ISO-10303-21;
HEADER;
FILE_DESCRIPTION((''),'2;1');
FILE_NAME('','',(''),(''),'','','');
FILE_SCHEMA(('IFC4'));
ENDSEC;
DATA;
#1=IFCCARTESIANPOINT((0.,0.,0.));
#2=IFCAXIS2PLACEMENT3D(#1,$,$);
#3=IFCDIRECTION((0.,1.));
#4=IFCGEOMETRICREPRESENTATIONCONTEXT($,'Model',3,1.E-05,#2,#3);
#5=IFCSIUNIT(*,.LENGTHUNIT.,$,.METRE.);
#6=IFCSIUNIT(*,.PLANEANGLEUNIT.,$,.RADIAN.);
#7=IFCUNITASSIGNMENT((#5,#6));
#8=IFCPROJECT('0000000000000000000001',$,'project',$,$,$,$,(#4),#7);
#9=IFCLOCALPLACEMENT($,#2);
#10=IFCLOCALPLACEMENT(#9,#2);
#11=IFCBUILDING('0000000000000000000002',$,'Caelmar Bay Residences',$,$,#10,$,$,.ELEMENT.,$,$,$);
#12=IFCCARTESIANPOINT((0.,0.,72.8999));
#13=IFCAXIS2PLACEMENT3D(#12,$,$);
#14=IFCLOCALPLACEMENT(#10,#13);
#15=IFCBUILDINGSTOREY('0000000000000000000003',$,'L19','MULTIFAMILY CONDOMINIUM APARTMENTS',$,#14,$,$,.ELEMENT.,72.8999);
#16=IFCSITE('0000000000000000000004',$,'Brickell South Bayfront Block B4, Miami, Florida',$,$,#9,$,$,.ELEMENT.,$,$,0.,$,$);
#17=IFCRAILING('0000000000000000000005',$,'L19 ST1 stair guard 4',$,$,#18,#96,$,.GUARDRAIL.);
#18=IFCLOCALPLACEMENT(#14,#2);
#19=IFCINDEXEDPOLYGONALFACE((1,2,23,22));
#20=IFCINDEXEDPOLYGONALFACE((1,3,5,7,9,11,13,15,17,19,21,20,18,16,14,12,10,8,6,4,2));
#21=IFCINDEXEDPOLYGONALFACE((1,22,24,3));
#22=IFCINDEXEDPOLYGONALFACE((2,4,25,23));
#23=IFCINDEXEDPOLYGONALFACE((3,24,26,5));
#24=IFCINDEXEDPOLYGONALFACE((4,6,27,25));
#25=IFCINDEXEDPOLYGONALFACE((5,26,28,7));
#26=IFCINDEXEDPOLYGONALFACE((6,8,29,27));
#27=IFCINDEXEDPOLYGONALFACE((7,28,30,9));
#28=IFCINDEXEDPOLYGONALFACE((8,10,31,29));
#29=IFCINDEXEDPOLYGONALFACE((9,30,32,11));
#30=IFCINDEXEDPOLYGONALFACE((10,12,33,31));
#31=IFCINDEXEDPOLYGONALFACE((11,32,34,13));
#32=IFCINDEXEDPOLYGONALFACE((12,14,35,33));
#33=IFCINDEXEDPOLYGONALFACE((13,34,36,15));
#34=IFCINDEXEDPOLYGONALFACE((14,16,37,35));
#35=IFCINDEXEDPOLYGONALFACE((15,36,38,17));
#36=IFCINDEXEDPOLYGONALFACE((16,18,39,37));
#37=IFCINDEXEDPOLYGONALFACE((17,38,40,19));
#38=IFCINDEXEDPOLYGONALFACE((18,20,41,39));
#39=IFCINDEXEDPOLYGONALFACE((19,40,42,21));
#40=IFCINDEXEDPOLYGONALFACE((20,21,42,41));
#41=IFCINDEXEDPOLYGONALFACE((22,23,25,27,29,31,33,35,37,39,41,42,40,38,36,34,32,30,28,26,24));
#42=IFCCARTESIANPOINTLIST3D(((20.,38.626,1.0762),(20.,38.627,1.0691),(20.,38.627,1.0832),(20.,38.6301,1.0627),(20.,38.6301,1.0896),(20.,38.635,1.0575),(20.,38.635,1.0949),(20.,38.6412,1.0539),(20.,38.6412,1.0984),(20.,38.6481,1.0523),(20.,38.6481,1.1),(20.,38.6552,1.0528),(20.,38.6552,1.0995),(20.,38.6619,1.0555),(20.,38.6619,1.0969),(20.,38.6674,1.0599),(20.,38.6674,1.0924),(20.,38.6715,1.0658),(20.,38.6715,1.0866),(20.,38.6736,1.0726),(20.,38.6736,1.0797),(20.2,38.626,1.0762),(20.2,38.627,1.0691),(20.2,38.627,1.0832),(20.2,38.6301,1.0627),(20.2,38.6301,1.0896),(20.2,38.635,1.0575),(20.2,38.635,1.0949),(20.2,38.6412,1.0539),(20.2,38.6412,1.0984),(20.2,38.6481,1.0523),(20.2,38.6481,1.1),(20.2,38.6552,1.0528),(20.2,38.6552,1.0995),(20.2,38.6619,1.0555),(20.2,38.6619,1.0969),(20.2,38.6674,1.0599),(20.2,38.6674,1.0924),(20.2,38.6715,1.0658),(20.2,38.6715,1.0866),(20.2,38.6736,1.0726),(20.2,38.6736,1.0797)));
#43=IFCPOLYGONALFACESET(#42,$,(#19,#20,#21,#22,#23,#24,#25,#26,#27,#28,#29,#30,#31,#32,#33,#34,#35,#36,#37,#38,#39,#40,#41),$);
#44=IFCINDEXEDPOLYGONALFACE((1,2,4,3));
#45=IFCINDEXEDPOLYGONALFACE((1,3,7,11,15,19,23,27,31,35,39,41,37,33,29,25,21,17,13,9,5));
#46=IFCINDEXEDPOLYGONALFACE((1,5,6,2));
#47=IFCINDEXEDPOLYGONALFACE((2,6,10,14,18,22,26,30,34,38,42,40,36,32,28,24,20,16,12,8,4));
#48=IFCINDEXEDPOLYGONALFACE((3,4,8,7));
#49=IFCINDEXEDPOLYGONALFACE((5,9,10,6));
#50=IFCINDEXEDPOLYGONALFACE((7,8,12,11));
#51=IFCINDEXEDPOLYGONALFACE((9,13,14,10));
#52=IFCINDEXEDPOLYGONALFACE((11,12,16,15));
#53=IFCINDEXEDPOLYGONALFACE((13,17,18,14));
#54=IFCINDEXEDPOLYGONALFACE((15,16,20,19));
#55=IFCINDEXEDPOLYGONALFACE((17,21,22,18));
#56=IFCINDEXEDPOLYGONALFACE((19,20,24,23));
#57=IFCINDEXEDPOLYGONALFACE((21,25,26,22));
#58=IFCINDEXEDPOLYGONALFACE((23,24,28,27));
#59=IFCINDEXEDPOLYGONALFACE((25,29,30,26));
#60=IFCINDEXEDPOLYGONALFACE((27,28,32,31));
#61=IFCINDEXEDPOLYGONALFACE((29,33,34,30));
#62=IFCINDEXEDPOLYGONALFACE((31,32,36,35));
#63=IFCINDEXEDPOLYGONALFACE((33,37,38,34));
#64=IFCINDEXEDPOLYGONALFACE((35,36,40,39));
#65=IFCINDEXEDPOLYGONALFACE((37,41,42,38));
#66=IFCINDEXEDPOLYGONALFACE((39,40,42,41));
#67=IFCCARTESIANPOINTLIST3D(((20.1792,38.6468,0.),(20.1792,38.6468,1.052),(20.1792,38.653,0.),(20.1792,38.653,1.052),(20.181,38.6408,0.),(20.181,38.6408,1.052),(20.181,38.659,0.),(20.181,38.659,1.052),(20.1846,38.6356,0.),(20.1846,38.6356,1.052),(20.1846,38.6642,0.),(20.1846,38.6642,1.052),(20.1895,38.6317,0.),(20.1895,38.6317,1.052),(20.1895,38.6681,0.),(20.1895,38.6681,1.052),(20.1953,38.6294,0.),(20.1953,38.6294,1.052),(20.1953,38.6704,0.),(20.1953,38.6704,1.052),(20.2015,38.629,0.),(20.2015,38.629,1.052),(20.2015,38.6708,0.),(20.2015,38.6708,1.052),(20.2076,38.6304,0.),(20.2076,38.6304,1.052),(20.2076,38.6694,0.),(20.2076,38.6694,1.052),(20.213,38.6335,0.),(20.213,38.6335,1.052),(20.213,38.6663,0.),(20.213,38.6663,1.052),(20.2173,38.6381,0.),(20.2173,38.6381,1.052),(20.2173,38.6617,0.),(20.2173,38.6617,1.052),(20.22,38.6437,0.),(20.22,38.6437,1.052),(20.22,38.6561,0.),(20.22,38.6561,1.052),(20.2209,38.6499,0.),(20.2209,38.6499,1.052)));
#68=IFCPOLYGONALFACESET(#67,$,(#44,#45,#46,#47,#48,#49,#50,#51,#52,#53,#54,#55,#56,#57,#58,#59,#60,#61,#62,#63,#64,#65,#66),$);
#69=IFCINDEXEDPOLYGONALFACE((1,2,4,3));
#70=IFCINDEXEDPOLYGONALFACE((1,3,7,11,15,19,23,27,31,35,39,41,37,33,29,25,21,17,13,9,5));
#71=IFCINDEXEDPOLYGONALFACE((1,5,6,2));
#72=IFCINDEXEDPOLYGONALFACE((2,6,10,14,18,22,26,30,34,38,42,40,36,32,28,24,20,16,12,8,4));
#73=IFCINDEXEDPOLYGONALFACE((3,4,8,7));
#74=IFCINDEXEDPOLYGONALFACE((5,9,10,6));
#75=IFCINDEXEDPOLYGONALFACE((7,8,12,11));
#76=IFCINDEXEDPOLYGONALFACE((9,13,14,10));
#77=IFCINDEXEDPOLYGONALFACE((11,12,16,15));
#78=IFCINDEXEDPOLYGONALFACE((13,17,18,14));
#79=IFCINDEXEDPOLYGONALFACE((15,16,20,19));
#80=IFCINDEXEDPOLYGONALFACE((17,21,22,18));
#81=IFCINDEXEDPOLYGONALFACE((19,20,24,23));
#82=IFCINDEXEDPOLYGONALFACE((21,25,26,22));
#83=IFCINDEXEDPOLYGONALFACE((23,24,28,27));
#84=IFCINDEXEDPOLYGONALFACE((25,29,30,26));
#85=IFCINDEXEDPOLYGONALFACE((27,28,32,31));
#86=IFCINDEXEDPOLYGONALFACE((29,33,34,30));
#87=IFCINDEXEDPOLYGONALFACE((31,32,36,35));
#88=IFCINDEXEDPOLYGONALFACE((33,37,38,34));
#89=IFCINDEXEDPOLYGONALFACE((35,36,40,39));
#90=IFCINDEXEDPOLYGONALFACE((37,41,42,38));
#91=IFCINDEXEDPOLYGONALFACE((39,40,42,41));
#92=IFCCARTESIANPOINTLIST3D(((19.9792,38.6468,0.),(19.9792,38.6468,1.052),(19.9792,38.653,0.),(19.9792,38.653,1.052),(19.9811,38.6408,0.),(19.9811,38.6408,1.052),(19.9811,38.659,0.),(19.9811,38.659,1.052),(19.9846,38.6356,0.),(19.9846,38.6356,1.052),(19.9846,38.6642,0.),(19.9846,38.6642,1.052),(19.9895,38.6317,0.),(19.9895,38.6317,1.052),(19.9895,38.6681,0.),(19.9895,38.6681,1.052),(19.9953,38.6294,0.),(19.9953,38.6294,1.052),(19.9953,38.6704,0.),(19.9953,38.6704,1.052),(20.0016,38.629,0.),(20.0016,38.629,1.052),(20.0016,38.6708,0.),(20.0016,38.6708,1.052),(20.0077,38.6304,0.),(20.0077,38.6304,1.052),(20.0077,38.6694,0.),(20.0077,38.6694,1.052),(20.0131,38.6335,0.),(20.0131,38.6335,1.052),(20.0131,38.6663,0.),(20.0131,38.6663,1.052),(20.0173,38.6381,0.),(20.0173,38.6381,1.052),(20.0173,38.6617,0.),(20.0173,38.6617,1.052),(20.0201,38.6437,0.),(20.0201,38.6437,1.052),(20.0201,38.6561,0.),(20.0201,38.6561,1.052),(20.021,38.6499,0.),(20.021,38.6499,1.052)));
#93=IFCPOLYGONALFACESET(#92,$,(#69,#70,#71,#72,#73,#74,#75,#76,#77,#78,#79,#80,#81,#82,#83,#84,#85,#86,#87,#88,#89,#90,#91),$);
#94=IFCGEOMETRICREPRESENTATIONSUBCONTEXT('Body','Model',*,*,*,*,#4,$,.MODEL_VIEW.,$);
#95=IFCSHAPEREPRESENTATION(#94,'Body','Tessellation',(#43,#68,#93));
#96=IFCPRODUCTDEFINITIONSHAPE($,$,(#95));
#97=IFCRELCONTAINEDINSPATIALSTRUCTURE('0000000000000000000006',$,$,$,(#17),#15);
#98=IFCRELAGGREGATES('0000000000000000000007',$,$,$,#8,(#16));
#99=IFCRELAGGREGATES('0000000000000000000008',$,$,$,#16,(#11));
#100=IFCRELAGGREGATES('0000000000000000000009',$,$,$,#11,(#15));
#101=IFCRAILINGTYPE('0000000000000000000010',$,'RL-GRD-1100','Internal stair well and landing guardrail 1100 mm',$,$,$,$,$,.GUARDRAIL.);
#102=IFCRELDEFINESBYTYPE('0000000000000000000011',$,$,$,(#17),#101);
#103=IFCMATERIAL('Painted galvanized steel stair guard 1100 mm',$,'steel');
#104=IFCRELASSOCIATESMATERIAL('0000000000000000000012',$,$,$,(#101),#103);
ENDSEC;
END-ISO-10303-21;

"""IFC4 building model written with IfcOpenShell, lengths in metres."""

from ifc_helpers import new_model, si_unit, direction, frame, origin, origin_2d, place, context, subcontext, project, spatial, circle, extrude, material, type_object, element, save


model = new_model("IFC4")

# Units and contexts
model_context = context("Model", 3, precision=1e-05, world=origin(), true_north=direction((0.0, 1.0)))
body_context = subcontext(model_context, "Body", "Model", "MODEL_VIEW")
ifc_project = project(units=[si_unit("LENGTHUNIT", "METRE"), si_unit("PLANEANGLEUNIT", "RADIAN")], contexts=[model_context])

# Site, building, storey
site_placement = place(None, origin())
site = spatial("IfcSite", under=ifc_project, at=site_placement, Name="Brickell South Bayfront Block B4, Miami, Florida", CompositionType="ELEMENT", RefElevation=0.0)
building_placement = place(site_placement, origin())
building = spatial("IfcBuilding", under=site, at=building_placement, Name="Caelmar Bay Residences", CompositionType="ELEMENT")
storey_placement = place(building_placement, frame((0.0, 0.0, 72.8999)))
storey = spatial("IfcBuildingStorey", under=building, at=storey_placement, Name="L19", Description="MULTIFAMILY CONDOMINIUM APARTMENTS", CompositionType="ELEMENT", Elevation=72.8999)

# Railing
ifc_material_1 = material(Name="Painted galvanized steel stair guard 1100 mm", Category="steel")
railing_type_1 = type_object("IfcRailingType", Name="RL-GRD-1100", Description="Internal stair well and landing guardrail 1100 mm", PredefinedType="GUARDRAIL", material=ifc_material_1)
railing_1_placement = place(storey_placement, frame((20.2, 38.6499, 0.0)))
element("IfcRailing", 1, at=railing_1_placement, inside=storey, type_object=railing_type_1, Name="L19 ST1 stair guard 4", PredefinedType="GUARDRAIL", context=body_context, shape_type="SweptSolid", body=[
    extrude(circle(Radius=0.0239, at=origin_2d()), frame((0.0, 0.0, 1.0762), z_axis=(-1.0, 0.0, 0.0), x_axis=(0.0, -1.0, 0.0)), (0.0, 0.0, 1.0), 0.2),
    extrude(circle(Radius=0.021, at=origin_2d()), origin(), (0.0, 0.0, 1.0), 1.052),
    extrude(circle(Radius=0.021, at=origin_2d()), frame((-0.2, 0.0, 0.0)), (0.0, 0.0, 1.0), 1.052),
])

save(model, "model.ifc")
